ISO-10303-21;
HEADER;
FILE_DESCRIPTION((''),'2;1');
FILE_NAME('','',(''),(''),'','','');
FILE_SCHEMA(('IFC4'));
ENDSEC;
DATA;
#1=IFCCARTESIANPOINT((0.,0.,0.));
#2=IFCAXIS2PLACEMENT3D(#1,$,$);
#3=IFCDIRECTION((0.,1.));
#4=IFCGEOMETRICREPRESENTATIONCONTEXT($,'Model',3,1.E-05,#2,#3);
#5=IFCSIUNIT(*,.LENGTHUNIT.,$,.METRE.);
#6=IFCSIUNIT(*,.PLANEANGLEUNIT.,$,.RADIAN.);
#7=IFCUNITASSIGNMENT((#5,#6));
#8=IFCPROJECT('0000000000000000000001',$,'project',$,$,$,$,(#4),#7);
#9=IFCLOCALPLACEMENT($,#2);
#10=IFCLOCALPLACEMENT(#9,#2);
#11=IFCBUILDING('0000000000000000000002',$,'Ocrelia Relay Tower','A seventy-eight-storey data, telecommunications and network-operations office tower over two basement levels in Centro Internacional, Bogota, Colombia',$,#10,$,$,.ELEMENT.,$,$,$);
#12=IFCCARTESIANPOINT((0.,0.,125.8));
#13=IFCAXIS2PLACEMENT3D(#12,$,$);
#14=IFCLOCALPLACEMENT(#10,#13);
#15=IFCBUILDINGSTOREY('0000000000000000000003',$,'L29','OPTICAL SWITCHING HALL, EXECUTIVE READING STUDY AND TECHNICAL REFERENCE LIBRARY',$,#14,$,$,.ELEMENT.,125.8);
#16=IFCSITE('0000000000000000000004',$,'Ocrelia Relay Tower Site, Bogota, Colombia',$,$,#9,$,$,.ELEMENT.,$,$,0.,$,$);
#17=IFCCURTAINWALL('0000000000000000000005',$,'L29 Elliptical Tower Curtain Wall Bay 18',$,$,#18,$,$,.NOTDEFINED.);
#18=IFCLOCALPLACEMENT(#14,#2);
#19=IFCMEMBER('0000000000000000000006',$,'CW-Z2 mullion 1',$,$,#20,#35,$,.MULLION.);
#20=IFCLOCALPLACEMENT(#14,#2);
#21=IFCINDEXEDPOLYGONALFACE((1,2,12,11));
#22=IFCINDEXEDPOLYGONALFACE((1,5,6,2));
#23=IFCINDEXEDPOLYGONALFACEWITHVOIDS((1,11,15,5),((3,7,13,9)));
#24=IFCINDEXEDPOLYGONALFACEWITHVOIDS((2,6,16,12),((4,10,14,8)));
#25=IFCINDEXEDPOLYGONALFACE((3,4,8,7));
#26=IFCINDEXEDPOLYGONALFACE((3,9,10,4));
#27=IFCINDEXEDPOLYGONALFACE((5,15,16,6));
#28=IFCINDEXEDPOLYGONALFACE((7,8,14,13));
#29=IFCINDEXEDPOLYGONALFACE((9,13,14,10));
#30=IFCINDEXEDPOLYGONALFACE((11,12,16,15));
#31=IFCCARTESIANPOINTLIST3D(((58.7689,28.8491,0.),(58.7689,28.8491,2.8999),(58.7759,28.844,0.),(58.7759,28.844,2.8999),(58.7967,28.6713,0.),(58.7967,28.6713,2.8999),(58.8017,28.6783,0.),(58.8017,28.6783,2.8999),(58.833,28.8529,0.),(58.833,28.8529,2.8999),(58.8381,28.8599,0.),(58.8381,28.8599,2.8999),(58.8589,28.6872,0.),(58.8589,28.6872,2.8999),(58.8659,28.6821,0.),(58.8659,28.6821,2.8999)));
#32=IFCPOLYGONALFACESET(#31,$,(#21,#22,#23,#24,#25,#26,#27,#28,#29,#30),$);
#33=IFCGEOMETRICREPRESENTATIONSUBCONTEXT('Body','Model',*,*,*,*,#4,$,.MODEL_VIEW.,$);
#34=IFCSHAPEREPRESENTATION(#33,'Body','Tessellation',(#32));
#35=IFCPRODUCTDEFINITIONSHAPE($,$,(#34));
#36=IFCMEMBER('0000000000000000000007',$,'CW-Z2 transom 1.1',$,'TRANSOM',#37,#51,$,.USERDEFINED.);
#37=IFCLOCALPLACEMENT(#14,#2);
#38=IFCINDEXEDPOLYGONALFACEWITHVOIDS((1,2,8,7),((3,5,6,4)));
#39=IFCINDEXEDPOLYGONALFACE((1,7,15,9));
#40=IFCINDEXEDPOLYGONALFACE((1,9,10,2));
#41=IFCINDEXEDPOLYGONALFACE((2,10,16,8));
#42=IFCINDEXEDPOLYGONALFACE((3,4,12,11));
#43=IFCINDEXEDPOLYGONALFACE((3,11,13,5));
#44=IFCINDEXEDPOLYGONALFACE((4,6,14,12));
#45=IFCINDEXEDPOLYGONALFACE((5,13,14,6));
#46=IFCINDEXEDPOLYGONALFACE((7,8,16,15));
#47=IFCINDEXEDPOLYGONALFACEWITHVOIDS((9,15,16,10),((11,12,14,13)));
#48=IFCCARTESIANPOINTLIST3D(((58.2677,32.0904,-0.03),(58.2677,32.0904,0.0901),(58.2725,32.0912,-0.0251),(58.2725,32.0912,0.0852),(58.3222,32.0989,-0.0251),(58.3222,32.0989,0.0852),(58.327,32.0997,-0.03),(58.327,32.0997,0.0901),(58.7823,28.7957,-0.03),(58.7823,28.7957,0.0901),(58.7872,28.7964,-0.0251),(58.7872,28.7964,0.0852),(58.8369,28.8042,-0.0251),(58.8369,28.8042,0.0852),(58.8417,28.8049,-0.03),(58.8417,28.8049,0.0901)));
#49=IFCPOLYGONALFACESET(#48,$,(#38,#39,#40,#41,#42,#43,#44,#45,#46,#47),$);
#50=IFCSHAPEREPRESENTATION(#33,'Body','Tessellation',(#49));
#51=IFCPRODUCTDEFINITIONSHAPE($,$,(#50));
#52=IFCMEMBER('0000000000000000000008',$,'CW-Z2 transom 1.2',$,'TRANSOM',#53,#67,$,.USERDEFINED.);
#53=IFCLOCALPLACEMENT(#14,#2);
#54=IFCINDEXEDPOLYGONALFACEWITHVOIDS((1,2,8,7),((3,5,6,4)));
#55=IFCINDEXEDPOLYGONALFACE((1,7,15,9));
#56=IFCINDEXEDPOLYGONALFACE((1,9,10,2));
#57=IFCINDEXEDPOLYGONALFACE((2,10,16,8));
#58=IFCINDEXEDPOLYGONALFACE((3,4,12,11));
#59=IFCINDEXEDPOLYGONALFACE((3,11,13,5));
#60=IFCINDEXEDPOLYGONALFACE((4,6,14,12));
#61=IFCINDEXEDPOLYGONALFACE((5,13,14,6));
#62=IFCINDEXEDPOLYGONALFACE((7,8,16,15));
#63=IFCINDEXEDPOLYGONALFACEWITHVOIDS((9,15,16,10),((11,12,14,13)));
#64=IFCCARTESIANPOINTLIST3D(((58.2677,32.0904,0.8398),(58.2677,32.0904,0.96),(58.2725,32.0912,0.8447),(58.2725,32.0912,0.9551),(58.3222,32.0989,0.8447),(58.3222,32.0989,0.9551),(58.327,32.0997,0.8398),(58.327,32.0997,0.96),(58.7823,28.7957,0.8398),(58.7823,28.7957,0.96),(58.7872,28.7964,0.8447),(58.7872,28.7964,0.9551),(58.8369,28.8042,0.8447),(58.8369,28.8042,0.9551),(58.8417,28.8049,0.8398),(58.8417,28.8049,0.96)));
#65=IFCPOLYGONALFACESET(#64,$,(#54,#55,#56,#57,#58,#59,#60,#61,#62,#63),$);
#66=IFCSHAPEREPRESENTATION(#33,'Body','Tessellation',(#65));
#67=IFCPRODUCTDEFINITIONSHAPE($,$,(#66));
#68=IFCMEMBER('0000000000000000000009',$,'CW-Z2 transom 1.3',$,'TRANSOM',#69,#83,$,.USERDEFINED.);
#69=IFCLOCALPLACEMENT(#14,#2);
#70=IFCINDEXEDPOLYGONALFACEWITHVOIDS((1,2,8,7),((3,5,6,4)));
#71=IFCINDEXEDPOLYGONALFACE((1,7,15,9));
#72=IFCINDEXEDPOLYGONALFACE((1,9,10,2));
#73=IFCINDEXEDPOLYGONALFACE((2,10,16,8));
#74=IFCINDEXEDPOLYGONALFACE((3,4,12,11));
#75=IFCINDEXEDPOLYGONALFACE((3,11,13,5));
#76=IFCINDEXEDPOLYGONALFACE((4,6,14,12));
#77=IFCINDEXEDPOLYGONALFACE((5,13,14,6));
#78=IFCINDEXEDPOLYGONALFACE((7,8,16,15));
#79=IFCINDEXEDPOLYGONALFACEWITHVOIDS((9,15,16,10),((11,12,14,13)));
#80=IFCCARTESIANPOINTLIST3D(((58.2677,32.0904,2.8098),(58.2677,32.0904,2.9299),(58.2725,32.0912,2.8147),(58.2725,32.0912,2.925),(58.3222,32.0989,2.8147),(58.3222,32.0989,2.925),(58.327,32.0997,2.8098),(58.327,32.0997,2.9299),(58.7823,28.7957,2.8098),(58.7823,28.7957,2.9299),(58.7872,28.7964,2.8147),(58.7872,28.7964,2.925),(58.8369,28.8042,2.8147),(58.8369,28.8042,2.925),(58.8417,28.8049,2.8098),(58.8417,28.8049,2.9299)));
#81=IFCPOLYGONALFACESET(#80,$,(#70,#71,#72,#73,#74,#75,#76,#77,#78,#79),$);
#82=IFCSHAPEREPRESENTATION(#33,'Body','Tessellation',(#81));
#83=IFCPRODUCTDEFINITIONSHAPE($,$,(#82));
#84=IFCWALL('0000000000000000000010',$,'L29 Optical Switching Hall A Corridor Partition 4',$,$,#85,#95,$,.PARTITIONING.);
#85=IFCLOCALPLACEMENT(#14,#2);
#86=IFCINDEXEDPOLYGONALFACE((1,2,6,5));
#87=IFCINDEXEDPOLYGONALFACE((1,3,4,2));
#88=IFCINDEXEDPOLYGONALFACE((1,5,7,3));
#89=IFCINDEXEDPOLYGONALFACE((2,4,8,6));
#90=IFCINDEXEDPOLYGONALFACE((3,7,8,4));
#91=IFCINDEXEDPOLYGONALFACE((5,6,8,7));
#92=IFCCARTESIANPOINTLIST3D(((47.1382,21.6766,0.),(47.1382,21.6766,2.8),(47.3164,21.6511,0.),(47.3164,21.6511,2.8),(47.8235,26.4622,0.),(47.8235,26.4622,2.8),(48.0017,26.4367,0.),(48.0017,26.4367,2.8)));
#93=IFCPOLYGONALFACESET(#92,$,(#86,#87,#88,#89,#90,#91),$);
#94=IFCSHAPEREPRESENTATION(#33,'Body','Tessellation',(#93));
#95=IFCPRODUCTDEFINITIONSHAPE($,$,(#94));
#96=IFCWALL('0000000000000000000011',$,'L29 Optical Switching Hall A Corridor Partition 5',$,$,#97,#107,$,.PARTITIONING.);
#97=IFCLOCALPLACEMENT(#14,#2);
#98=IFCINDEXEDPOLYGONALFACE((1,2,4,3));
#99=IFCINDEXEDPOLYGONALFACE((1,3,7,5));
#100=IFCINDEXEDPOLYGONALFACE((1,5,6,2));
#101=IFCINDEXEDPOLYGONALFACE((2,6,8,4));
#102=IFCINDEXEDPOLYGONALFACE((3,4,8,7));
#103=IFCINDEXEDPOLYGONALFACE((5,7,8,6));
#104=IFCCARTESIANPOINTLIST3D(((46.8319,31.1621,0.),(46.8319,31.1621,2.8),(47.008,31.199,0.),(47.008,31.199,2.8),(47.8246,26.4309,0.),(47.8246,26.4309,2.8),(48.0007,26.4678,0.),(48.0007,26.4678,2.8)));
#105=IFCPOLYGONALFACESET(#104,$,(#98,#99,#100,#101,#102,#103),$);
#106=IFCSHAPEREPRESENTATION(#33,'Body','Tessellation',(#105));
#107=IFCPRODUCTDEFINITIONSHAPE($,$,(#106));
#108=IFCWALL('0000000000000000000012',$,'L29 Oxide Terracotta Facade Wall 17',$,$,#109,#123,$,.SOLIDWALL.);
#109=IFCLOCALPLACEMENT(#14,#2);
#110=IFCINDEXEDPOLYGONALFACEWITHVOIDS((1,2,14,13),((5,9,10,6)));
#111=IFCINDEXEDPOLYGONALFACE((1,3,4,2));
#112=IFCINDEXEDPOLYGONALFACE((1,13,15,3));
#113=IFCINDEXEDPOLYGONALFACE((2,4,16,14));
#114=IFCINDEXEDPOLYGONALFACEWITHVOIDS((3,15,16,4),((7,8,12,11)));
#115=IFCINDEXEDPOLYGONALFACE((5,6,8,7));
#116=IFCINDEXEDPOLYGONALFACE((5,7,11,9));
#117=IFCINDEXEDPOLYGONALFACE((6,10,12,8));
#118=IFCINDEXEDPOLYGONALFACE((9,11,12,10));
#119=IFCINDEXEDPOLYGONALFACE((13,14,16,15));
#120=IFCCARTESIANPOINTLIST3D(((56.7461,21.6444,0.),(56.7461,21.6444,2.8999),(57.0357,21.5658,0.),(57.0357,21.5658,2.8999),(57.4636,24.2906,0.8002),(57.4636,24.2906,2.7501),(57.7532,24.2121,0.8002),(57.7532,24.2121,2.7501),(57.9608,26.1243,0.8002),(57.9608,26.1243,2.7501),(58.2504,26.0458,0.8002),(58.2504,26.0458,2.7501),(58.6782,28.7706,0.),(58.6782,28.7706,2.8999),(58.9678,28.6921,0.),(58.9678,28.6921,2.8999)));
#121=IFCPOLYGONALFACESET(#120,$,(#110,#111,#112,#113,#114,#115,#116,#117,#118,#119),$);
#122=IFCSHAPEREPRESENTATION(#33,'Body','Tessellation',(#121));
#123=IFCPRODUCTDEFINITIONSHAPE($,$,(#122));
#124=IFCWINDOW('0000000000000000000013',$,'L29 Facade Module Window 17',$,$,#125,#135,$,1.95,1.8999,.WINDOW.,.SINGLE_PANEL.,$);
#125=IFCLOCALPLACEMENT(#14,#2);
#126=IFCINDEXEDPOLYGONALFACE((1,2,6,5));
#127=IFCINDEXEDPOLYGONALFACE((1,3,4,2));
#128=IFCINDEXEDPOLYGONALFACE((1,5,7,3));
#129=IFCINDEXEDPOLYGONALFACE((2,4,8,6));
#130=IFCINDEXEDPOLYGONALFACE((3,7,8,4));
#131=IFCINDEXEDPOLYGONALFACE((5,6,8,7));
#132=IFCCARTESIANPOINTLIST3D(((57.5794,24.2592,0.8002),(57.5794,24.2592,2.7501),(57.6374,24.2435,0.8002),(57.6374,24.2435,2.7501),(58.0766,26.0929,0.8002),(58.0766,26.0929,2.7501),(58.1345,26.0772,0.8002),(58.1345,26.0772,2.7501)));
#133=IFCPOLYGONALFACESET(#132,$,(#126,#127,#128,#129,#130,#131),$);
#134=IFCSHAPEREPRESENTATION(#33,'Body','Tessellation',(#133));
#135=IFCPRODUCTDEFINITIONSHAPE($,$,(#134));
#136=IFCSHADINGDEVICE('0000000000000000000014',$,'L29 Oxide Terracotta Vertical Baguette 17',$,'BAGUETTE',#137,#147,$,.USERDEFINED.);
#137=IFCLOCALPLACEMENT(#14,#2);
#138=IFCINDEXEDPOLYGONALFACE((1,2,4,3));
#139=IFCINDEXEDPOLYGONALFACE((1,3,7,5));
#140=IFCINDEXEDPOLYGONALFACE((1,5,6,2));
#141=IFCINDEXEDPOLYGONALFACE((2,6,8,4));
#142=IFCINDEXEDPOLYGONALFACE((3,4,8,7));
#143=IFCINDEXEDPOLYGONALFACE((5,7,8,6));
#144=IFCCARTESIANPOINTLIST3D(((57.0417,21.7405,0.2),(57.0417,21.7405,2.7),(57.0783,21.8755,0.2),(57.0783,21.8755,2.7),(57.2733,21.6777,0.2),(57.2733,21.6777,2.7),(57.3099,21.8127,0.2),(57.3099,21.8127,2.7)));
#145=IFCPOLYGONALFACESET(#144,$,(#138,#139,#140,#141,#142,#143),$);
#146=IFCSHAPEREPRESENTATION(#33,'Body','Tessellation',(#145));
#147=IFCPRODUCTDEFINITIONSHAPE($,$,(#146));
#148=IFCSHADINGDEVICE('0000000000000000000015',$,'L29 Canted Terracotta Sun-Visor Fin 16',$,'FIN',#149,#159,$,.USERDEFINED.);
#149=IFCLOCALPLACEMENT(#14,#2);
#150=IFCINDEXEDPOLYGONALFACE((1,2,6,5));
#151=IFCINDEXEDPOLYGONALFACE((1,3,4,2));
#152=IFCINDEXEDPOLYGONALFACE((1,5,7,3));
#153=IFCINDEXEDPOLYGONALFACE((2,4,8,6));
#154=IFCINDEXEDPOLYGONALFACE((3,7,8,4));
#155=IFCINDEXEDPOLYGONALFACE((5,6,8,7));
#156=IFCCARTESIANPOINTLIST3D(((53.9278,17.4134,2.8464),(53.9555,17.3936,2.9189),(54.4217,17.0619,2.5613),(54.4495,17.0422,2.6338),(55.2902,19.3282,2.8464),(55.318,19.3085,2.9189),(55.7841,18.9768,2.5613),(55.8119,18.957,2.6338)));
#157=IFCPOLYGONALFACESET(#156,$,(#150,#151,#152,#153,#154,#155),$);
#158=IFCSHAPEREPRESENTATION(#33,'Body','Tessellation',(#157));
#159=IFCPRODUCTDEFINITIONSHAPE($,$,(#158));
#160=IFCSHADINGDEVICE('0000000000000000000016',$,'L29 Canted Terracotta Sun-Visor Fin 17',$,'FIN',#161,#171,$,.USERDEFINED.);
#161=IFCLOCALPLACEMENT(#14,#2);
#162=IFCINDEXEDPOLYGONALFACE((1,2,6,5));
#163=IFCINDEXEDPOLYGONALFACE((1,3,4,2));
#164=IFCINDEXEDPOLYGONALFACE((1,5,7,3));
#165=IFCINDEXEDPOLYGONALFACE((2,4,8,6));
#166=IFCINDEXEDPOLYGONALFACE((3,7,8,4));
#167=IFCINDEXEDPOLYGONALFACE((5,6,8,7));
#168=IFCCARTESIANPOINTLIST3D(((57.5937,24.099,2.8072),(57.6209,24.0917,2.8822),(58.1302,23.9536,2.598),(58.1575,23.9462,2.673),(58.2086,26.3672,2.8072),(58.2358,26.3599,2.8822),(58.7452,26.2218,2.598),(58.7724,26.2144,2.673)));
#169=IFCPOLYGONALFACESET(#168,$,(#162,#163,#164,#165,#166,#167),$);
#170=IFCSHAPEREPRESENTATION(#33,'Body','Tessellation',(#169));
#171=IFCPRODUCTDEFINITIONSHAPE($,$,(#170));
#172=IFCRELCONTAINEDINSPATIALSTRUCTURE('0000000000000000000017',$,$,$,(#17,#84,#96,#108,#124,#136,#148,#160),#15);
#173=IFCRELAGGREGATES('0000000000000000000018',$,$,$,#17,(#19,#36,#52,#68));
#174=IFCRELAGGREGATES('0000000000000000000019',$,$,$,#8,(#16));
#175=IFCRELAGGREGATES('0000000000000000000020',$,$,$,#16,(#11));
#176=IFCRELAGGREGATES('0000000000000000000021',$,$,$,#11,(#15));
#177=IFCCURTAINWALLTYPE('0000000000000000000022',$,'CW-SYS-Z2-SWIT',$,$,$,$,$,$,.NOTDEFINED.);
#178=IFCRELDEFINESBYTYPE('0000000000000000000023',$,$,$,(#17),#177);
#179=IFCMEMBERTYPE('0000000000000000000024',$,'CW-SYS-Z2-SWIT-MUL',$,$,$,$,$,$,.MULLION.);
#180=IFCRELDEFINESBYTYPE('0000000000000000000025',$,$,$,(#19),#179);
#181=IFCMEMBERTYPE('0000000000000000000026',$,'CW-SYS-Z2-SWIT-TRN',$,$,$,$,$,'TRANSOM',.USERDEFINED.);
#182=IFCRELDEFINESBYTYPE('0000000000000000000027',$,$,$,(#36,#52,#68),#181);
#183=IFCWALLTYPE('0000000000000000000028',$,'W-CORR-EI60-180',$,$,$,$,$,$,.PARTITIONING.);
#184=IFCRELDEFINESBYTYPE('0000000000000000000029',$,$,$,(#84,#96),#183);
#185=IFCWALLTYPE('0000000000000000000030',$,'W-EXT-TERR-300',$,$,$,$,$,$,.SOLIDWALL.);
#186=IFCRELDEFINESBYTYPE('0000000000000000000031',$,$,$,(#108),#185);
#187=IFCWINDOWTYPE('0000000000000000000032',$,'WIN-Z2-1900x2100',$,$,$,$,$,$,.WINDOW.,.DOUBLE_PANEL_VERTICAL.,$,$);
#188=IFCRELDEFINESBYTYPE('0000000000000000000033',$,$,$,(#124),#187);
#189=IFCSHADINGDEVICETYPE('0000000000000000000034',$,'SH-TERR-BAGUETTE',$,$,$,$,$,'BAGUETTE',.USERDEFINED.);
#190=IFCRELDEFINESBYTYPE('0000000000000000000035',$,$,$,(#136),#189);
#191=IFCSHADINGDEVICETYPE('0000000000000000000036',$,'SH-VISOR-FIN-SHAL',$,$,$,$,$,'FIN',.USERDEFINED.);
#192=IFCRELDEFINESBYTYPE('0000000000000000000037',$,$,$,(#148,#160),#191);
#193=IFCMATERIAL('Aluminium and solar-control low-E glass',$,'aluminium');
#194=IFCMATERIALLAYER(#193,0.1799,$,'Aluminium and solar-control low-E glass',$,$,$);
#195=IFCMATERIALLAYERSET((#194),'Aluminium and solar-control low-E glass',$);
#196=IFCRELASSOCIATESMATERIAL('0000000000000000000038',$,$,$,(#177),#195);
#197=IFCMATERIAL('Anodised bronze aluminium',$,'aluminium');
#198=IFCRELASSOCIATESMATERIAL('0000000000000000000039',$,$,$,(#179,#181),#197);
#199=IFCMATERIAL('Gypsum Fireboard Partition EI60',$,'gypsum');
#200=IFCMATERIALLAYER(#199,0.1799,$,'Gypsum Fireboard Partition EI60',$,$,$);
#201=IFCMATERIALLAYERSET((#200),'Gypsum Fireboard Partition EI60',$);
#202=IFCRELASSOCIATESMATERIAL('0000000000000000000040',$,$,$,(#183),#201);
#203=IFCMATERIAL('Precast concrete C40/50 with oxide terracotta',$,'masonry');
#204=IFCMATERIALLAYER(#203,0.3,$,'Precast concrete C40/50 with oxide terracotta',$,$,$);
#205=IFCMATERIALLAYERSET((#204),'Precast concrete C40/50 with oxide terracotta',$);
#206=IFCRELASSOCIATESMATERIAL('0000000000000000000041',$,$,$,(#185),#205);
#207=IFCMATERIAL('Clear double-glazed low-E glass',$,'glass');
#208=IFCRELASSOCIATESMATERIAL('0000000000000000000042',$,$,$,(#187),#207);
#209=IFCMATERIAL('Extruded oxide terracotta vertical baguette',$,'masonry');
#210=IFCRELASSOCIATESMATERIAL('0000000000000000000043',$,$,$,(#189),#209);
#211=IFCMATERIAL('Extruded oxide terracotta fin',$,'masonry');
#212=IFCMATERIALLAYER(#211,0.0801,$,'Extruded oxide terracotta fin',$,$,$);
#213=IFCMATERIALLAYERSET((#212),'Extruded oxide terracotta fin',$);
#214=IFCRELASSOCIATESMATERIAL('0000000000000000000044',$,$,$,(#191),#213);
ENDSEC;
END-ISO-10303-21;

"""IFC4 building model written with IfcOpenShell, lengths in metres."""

from ifc_helpers import new_model, si_unit, direction, frame, frame_2d, origin, origin_2d, place, context, subcontext, project, spatial, rectangle, hollow_rectangle, extrude, material, layer, layer_set, material_profile, profile_set, type_object, element, fill, aggregate, save


model = new_model("IFC4")

# Units and contexts
model_context = context("Model", 3, precision=1e-05, world=origin(), true_north=direction((0.0, 1.0)))
body_context = subcontext(model_context, "Body", "Model", "MODEL_VIEW")
ifc_project = project(units=[si_unit("LENGTHUNIT", "METRE"), si_unit("PLANEANGLEUNIT", "RADIAN")], contexts=[model_context])

# Site, building, storey
site_placement = place(None, origin())
site = spatial("IfcSite", under=ifc_project, at=site_placement, Name="Ocrelia Relay Tower Site, Bogota, Colombia", CompositionType="ELEMENT", RefElevation=0.0)
building_placement = place(site_placement, origin())
building = spatial("IfcBuilding", under=site, at=building_placement, Name="Ocrelia Relay Tower", Description="A seventy-eight-storey data, telecommunications and network-operations office tower over two basement levels in Centro Internacional, Bogota, Colombia", CompositionType="ELEMENT")
storey_placement = place(building_placement, frame((0.0, 0.0, 125.8)))
storey = spatial("IfcBuildingStorey", under=building, at=storey_placement, Name="L29", Description="OPTICAL SWITCHING HALL, EXECUTIVE READING STUDY AND TECHNICAL REFERENCE LIBRARY", CompositionType="ELEMENT", Elevation=125.8)

# Curtain wall, members
ifc_material_1 = material(Name="Aluminium and solar-control low-E glass", Category="aluminium")
ifc_layer_1 = layer(ifc_material_1, 0.1799, Name="Aluminium and solar-control low-E glass")
ifc_layer_set_1 = layer_set([ifc_layer_1], Name="Aluminium and solar-control low-E glass")
curtain_wall_type = type_object("IfcCurtainWallType", Name="CW-SYS-Z2-SWIT", PredefinedType="NOTDEFINED", material=ifc_layer_set_1)
curtain_wall_placement = place(storey_placement, origin())
curtain_wall = element("IfcCurtainWall", 1, at=curtain_wall_placement, inside=storey, type_object=curtain_wall_type, Name="L29 Elliptical Tower Curtain Wall Bay 18", PredefinedType="NOTDEFINED")
ifc_material_2 = material(Name="Anodised bronze aluminium", Category="aluminium")
ifc_material_profile_1 = material_profile(ifc_material_2, hollow_rectangle(XDim=0.0701, YDim=0.1799, WallThickness=0.0061, at=origin_2d()), Name="CW-MUL-180x70")
ifc_profile_set_1 = profile_set([ifc_material_profile_1], Name="Anodised bronze aluminium")
member_type_1 = type_object("IfcMemberType", Name="CW-SYS-Z2-SWIT-MUL", PredefinedType="MULLION", material=ifc_profile_set_1)
member_1_placement = place(storey_placement, frame((58.8174, 28.7656, 0.0), z_axis=(0.0, 0.0, 1.0), x_axis=(-0.988012, -0.154379, 0.0)))
member_1 = element("IfcMember", 2, at=member_1_placement, type_object=member_type_1, Name="CW-Z2 mullion 1", PredefinedType="MULLION", context=body_context, shape_type="SweptSolid", body=[
    extrude(hollow_rectangle(XDim=0.0701, YDim=0.1799, WallThickness=0.0061, at=origin_2d()), origin(), (0.0, 0.0, 1.0), 2.8999),
])
ifc_material_profile_2 = material_profile(ifc_material_2, hollow_rectangle(XDim=0.0601, YDim=0.1201, WallThickness=0.0049, at=origin_2d()), Name="CW-TRN-120x60")
ifc_profile_set_2 = profile_set([ifc_material_profile_2], Name="Anodised bronze aluminium")
member_type_2 = type_object("IfcMemberType", Name="CW-SYS-Z2-SWIT-TRN", ElementType="TRANSOM", PredefinedType="USERDEFINED", material=ifc_profile_set_2)
member_2_placement = place(storey_placement, frame((58.812, 28.8003, 0.03), z_axis=(-0.154334, 0.988019, 0.0), x_axis=(-0.988019, -0.154334, 0.0)))
member_2 = element("IfcMember", 3, at=member_2_placement, type_object=member_type_2, Name="CW-Z2 transom 1.1", ObjectType="TRANSOM", PredefinedType="USERDEFINED", context=body_context, shape_type="SweptSolid", body=[
    extrude(hollow_rectangle(XDim=0.0601, YDim=0.1201, WallThickness=0.0049, at=origin_2d()), origin(), (0.0, 0.0, 1.0), 3.3347),
])
member_3_placement = place(storey_placement, frame((58.812, 28.8003, 0.8999), z_axis=(-0.154334, 0.988019, 0.0), x_axis=(-0.988019, -0.154334, 0.0)))
member_3 = element("IfcMember", 4, at=member_3_placement, type_object=member_type_2, Name="CW-Z2 transom 1.2", ObjectType="TRANSOM", PredefinedType="USERDEFINED", context=body_context, shape_type="SweptSolid", body=[
    extrude(hollow_rectangle(XDim=0.0601, YDim=0.1201, WallThickness=0.0049, at=origin_2d()), origin(), (0.0, 0.0, 1.0), 3.3347),
])
member_4_placement = place(storey_placement, frame((58.812, 28.8003, 2.8699), z_axis=(-0.154334, 0.988019, 0.0), x_axis=(-0.988019, -0.154334, 0.0)))
member_4 = element("IfcMember", 5, at=member_4_placement, type_object=member_type_2, Name="CW-Z2 transom 1.3", ObjectType="TRANSOM", PredefinedType="USERDEFINED", context=body_context, shape_type="SweptSolid", body=[
    extrude(hollow_rectangle(XDim=0.0601, YDim=0.1201, WallThickness=0.0049, at=origin_2d()), origin(), (0.0, 0.0, 1.0), 3.3347),
])
aggregate(curtain_wall, [member_1, member_2, member_3, member_4])

# Walls
ifc_material_3 = material(Name="Gypsum Fireboard Partition EI60", Category="gypsum")
ifc_layer_2 = layer(ifc_material_3, 0.1799, Name="Gypsum Fireboard Partition EI60")
ifc_layer_set_2 = layer_set([ifc_layer_2], Name="Gypsum Fireboard Partition EI60")
wall_type_1 = type_object("IfcWallType", Name="W-CORR-EI60-180", PredefinedType="PARTITIONING", material=ifc_layer_set_2)
wall_1_placement = place(storey_placement, frame((47.2273, 21.6638, 0.0), z_axis=(0.0, 0.0, 1.0), x_axis=(0.141754, 0.989902, 0.0)))
element("IfcWall", 6, at=wall_1_placement, inside=storey, type_object=wall_type_1, Name="L29 Optical Switching Hall A Corridor Partition 4", PredefinedType="PARTITIONING", context=body_context, shape_type="SweptSolid", body=[
    extrude(rectangle(XDim=4.8345, YDim=0.1799, at=frame_2d((2.4172, 0.0))), origin(), (0.0, 0.0, 1.0), 2.8),
])
wall_2_placement = place(storey_placement, frame((47.9126, 26.4495, 0.0), z_axis=(0.0, 0.0, 1.0), x_axis=(-0.205344, 0.97869, 0.0)))
element("IfcWall", 7, at=wall_2_placement, inside=storey, type_object=wall_type_1, Name="L29 Optical Switching Hall A Corridor Partition 5", PredefinedType="PARTITIONING", context=body_context, shape_type="SweptSolid", body=[
    extrude(rectangle(XDim=4.8342, YDim=0.1799, at=frame_2d((2.417, 0.0))), origin(), (0.0, 0.0, 1.0), 2.8),
])

# Wall, opening, window
ifc_material_4 = material(Name="Precast concrete C40/50 with oxide terracotta", Category="masonry")
ifc_layer_3 = layer(ifc_material_4, 0.3, Name="Precast concrete C40/50 with oxide terracotta")
ifc_layer_set_3 = layer_set([ifc_layer_3], Name="Precast concrete C40/50 with oxide terracotta")
wall_type_2 = type_object("IfcWallType", Name="W-EXT-TERR-300", PredefinedType="SOLIDWALL", material=ifc_layer_set_3)
wall_3_placement = place(storey_placement, frame((56.8909, 21.605, 0.0), z_axis=(0.0, 0.0, 1.0), x_axis=(0.261682, 0.965154, 0.0)))
wall_3 = element("IfcWall", 8, at=wall_3_placement, inside=storey, type_object=wall_type_2, Name="L29 Oxide Terracotta Facade Wall 17", PredefinedType="SOLIDWALL", context=body_context, shape_type="SweptSolid", body=[
    extrude(rectangle(XDim=7.3835, YDim=0.3, at=frame_2d((3.6919, 0.0))), origin(), (0.0, 0.0, 1.0), 2.8999),
])
opening_placement = place(wall_3_placement, frame((2.7419, 0.0, 0.8)))
opening = element("IfcOpeningElement", 9, at=opening_placement, cuts=wall_3, PredefinedType="OPENING", context=body_context, shape_type="SweptSolid", body=[
    extrude(rectangle(XDim=1.8999, YDim=1.95, at=frame_2d((0.95, 0.9751))), frame((0.0, 0.1602, 0.0), z_axis=(0.0, -1.0, 0.0), x_axis=(1.0, 0.0, 0.0)), (0.0, 0.0, 1.0), 0.3201),
])
ifc_material_5 = material(Name="Clear double-glazed low-E glass", Category="glass")
window_type = type_object("IfcWindowType", Name="WIN-Z2-1900x2100", PartitioningType="DOUBLE_PANEL_VERTICAL", PredefinedType="WINDOW", material=ifc_material_5)
window_placement = place(opening_placement, origin())
window = element("IfcWindow", 10, at=window_placement, inside=storey, type_object=window_type, Name="L29 Facade Module Window 17", OverallHeight=1.95, OverallWidth=1.8999, PartitioningType="SINGLE_PANEL", PredefinedType="WINDOW", context=body_context, shape_type="SweptSolid", body=[
    extrude(rectangle(XDim=1.8999, YDim=1.95, at=frame_2d((0.95, 0.9751))), frame((0.0, 0.03, 0.0), z_axis=(0.0, -1.0, 0.0), x_axis=(1.0, 0.0, 0.0)), (0.0, 0.0, 1.0), 0.0601),
])
fill(opening, window)

# Shading devices
ifc_material_6 = material(Name="Extruded oxide terracotta vertical baguette", Category="masonry")
shading_device_type_1 = type_object("IfcShadingDeviceType", Name="SH-TERR-BAGUETTE", ElementType="BAGUETTE", PredefinedType="USERDEFINED", material=ifc_material_6)
shading_device_1_placement = place(storey_placement, frame((57.1758, 21.7766, 0.2), z_axis=(0.0, 0.0, 1.0), x_axis=(0.261673, 0.965157, 0.0)))
element("IfcShadingDevice", 11, at=shading_device_1_placement, inside=storey, type_object=shading_device_type_1, Name="L29 Oxide Terracotta Vertical Baguette 17", ObjectType="BAGUETTE", PredefinedType="USERDEFINED", context=body_context, shape_type="SweptSolid", body=[
    extrude(rectangle(XDim=0.1399, YDim=0.24, at=origin_2d()), origin(), (0.0, 0.0, 1.0), 2.5),
])
ifc_material_7 = material(Name="Extruded oxide terracotta fin", Category="masonry")
ifc_layer_4 = layer(ifc_material_7, 0.0801, Name="Extruded oxide terracotta fin")
ifc_layer_set_4 = layer_set([ifc_layer_4], Name="Extruded oxide terracotta fin")
shading_device_type_2 = type_object("IfcShadingDeviceType", Name="SH-VISOR-FIN-SHAL", ElementType="FIN", PredefinedType="USERDEFINED", material=ifc_layer_set_4)
shading_device_2_placement = place(storey_placement, frame((54.856, 18.1951, 2.7039), z_axis=(0.346798, -0.246748, 0.904901), x_axis=(0.579736, 0.814805, 0.0)))
element("IfcShadingDevice", 12, at=shading_device_2_placement, inside=storey, type_object=shading_device_type_2, Name="L29 Canted Terracotta Sun-Visor Fin 16", ObjectType="FIN", PredefinedType="USERDEFINED", context=body_context, shape_type="SweptSolid", body=[
    extrude(rectangle(XDim=2.3501, YDim=0.6699, at=origin_2d()), origin(), (0.0, 0.0, 1.0), 0.0801),
])
shading_device_3_placement = place(storey_placement, frame((58.1694, 25.1604, 2.7026), z_axis=(0.339898, -0.092153, 0.935937), x_axis=(0.261673, 0.965157, 0.0)))
element("IfcShadingDevice", 13, at=shading_device_3_placement, inside=storey, type_object=shading_device_type_2, Name="L29 Canted Terracotta Sun-Visor Fin 17", ObjectType="FIN", PredefinedType="USERDEFINED", context=body_context, shape_type="SweptSolid", body=[
    extrude(rectangle(XDim=2.3501, YDim=0.594, at=origin_2d()), origin(), (0.0, 0.0, 1.0), 0.0801),
])

save(model, "model.ifc")
